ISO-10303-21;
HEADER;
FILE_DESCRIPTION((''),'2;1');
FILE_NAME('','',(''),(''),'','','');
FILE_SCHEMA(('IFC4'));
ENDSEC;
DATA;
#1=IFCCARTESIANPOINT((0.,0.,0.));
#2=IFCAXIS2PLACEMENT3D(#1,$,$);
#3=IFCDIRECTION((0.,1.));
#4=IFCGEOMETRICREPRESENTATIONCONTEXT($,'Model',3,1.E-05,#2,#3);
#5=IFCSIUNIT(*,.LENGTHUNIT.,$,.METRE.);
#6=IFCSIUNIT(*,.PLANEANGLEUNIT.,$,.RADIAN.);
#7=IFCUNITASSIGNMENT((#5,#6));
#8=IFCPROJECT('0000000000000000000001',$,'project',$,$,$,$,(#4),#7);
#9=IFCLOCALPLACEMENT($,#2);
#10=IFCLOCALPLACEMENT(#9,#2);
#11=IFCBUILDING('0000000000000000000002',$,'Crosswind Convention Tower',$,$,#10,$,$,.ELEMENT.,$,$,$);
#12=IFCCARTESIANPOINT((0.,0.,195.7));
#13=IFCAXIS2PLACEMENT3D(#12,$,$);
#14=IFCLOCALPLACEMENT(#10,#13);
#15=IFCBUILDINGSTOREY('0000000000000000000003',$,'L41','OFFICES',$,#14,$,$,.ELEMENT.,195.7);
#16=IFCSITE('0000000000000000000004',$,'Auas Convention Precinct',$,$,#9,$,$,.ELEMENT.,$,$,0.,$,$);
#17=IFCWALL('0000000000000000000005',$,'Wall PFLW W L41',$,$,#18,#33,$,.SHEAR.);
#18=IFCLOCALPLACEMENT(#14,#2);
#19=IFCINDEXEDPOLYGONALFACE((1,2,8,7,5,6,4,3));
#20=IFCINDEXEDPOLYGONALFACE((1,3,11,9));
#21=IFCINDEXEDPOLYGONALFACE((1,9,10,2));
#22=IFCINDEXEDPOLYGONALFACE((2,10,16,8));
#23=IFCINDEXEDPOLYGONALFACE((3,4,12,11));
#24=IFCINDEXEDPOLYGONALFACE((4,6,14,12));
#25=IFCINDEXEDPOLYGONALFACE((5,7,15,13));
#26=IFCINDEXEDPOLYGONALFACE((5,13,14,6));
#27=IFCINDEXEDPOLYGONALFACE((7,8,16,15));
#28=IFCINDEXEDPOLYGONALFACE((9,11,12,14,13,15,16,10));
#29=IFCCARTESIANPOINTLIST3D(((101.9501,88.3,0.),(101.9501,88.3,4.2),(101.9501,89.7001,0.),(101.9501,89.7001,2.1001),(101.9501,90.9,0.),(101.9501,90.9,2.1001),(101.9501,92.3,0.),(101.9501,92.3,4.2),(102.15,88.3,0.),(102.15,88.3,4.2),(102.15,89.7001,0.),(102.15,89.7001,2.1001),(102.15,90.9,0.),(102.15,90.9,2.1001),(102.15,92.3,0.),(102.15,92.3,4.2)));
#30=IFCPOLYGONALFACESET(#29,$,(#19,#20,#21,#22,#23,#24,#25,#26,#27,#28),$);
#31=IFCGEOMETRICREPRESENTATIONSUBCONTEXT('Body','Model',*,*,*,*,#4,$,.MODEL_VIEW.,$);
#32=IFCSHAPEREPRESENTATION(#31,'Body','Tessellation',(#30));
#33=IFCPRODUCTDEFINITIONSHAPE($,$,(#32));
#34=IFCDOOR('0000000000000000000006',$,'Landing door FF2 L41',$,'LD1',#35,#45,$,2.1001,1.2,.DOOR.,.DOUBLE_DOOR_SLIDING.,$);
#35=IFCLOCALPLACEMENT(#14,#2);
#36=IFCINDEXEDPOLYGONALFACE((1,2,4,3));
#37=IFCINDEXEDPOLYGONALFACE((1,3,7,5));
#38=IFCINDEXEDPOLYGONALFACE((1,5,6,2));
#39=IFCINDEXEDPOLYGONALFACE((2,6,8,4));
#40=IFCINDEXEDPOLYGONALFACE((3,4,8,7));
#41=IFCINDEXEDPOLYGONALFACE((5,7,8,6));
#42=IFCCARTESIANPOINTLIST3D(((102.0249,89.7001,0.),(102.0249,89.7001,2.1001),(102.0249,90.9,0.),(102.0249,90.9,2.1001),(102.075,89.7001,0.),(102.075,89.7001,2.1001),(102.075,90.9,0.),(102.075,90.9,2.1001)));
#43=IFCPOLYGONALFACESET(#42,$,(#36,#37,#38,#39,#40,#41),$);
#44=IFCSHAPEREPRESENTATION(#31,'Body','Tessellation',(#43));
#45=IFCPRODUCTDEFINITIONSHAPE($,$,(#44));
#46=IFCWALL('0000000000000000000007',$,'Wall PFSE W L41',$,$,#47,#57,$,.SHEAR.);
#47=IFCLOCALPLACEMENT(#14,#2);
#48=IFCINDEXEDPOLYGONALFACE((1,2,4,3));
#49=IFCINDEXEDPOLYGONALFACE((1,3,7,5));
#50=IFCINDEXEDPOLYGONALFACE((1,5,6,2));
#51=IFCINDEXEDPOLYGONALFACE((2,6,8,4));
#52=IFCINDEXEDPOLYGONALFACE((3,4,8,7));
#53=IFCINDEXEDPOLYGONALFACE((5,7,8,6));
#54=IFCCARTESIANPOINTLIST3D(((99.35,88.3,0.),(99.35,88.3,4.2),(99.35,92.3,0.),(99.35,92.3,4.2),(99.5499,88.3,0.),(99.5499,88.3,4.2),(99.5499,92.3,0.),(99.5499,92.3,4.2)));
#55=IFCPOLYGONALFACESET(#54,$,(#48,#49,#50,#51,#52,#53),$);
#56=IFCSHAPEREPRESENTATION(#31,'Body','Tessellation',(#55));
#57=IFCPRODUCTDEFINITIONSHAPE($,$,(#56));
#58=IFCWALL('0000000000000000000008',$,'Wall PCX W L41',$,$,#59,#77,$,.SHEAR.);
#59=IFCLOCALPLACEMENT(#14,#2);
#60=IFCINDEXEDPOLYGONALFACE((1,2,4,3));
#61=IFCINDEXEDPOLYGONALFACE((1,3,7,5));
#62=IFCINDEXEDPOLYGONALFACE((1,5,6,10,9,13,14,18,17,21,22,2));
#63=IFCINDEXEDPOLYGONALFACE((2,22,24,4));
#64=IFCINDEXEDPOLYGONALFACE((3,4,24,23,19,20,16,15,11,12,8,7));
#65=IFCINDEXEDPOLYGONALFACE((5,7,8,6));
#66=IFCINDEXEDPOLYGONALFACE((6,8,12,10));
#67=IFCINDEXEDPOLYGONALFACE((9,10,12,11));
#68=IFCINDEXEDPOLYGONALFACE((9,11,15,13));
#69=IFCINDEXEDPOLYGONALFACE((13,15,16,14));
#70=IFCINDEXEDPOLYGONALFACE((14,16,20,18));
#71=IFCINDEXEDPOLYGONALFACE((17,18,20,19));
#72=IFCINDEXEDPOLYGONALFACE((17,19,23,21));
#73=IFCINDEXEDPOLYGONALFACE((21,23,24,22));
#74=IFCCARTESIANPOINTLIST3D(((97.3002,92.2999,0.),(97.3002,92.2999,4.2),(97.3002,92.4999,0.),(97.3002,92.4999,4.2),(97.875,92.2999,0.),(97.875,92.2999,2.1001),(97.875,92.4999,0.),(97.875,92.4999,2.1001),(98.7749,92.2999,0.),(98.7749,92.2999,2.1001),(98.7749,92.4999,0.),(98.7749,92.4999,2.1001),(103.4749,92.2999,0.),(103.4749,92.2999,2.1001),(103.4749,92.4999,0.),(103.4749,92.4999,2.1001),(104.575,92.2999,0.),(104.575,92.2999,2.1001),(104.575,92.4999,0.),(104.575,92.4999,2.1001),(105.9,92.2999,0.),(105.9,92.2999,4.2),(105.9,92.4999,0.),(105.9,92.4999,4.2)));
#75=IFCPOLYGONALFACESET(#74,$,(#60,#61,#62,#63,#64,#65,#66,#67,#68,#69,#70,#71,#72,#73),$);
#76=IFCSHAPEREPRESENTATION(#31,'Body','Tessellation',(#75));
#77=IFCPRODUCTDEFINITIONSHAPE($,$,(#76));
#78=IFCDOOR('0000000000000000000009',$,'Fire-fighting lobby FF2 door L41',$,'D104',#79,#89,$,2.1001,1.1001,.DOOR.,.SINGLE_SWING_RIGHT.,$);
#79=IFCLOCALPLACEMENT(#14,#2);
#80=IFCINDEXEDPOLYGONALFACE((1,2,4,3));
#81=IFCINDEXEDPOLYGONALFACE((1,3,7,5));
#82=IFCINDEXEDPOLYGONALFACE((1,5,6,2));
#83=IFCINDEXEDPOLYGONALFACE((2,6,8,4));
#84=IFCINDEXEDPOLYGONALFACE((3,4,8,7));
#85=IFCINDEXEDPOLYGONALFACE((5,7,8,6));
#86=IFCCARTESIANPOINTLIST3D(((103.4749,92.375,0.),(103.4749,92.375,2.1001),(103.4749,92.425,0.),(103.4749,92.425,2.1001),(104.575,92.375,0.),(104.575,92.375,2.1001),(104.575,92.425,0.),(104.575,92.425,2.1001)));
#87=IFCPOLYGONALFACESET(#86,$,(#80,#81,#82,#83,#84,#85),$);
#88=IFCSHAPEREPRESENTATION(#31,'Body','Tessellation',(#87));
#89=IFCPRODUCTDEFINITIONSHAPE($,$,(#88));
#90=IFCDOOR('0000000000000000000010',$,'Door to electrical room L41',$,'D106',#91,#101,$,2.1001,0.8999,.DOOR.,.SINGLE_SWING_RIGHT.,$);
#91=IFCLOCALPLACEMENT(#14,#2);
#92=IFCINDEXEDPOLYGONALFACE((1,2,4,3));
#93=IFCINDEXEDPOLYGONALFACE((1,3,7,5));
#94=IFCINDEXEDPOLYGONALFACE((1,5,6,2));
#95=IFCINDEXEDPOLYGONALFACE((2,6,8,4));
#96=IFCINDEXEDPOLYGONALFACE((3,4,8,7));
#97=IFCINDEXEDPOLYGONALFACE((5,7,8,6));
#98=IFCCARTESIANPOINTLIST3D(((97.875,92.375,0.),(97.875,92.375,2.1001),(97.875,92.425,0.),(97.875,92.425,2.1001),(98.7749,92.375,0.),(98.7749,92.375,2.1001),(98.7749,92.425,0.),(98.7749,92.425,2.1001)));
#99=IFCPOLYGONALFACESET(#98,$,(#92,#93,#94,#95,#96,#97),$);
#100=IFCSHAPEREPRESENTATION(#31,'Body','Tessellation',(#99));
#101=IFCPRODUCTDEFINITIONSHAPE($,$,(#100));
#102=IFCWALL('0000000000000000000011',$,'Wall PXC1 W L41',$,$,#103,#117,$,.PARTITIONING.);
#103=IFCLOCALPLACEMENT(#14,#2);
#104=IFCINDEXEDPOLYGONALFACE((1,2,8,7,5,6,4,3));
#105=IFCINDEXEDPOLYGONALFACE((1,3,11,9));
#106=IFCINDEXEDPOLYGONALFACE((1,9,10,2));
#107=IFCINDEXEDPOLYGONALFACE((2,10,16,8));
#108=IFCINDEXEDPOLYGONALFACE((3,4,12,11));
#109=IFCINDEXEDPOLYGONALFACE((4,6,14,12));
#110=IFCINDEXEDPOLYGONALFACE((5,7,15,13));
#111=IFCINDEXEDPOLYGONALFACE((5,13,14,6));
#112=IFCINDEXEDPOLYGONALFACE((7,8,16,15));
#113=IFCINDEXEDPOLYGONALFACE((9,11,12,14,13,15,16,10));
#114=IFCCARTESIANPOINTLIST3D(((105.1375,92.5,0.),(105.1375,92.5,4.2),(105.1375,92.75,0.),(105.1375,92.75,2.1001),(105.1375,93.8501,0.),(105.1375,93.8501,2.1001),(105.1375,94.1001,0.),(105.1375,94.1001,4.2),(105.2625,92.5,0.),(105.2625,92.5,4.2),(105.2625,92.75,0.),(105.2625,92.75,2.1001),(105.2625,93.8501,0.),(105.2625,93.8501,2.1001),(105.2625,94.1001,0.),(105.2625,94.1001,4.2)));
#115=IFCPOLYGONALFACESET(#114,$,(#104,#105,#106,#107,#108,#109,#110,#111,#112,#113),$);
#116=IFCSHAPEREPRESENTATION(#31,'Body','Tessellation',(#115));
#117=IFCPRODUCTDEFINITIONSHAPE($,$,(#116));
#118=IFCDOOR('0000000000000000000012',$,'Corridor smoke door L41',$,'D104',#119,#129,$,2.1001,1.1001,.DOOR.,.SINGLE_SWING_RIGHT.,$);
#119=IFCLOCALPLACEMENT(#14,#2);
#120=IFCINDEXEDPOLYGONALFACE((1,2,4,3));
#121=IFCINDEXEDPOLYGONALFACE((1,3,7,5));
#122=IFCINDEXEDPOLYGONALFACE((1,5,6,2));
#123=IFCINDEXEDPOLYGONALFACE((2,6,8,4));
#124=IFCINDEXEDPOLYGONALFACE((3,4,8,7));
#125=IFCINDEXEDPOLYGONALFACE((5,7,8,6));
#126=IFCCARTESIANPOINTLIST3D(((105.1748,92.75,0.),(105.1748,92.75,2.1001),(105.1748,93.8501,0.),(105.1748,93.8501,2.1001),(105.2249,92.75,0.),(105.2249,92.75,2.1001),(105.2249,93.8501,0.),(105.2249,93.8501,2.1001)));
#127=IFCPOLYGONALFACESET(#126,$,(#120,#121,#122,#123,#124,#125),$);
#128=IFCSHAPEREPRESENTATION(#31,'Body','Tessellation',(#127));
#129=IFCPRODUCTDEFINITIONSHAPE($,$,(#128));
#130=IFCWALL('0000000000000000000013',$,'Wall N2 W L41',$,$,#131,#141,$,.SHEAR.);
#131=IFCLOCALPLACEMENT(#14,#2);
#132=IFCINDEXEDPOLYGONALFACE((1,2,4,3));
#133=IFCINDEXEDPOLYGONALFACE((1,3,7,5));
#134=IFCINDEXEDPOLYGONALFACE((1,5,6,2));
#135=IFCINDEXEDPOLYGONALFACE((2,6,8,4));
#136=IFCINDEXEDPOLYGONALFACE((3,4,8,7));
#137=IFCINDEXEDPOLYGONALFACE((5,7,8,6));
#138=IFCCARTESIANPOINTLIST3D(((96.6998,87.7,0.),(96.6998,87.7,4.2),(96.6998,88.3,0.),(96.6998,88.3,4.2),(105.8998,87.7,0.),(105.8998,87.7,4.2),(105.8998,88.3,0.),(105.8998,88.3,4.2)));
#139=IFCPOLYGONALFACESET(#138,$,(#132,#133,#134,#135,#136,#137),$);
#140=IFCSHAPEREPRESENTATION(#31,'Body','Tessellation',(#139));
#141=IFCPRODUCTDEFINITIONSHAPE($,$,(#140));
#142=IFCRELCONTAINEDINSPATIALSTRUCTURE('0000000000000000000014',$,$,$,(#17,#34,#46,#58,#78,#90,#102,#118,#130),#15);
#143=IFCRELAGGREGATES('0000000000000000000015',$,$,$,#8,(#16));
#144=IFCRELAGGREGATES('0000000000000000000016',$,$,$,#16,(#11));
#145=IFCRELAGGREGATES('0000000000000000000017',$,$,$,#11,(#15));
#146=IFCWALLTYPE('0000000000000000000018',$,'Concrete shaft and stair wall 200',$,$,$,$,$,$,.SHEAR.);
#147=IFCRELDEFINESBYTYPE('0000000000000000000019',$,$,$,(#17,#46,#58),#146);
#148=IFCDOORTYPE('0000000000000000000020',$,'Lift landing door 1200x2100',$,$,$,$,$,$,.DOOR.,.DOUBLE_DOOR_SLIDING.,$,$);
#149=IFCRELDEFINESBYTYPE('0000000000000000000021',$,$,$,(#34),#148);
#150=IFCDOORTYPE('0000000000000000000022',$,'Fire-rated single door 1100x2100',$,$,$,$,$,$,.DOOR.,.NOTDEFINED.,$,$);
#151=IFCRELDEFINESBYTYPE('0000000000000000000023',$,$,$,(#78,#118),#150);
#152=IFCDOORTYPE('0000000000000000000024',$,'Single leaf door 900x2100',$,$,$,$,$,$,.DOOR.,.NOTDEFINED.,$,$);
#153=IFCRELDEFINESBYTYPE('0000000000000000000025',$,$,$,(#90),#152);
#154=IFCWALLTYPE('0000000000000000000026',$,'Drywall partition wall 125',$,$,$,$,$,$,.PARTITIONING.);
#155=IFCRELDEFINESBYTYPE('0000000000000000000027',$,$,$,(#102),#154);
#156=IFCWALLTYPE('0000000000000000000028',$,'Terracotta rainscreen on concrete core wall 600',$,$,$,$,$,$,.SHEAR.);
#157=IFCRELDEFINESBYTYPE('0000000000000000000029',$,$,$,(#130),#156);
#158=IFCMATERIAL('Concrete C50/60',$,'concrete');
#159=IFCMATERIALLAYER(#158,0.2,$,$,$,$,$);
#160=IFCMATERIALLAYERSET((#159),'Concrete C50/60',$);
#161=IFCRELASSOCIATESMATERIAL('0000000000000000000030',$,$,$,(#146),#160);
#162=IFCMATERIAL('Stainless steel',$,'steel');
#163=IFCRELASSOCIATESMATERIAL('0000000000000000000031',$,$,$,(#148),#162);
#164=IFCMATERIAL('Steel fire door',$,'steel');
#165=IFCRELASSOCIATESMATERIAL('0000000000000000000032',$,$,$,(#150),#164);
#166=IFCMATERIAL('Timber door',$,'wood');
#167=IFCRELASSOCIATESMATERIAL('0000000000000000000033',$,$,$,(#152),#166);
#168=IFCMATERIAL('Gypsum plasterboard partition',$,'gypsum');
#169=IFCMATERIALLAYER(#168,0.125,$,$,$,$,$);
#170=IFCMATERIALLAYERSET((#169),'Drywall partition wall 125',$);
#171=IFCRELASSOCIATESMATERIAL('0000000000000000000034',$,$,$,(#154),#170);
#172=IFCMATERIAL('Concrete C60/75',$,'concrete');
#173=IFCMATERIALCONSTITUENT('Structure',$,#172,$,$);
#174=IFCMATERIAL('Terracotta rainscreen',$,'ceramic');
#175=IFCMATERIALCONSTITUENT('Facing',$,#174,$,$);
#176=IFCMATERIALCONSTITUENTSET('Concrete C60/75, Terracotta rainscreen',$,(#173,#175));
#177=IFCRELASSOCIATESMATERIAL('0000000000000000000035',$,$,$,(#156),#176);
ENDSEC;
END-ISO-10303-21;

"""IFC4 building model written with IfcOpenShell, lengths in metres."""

from ifc_helpers import new_model, si_unit, direction, frame, frame_2d, origin, place, context, subcontext, project, spatial, rectangle, extrude, material, layer, layer_set, constituent, constituent_set, type_object, element, fill, save


model = new_model("IFC4")

# Units and contexts
model_context = context("Model", 3, precision=1e-05, world=origin(), true_north=direction((0.0, 1.0)))
body_context = subcontext(model_context, "Body", "Model", "MODEL_VIEW")
ifc_project = project(units=[si_unit("LENGTHUNIT", "METRE"), si_unit("PLANEANGLEUNIT", "RADIAN")], contexts=[model_context])

# Site, building, storey
site_placement = place(None, origin())
site = spatial("IfcSite", under=ifc_project, at=site_placement, Name="Auas Convention Precinct", CompositionType="ELEMENT", RefElevation=0.0)
building_placement = place(site_placement, origin())
building = spatial("IfcBuilding", under=site, at=building_placement, Name="Crosswind Convention Tower", CompositionType="ELEMENT")
storey_placement = place(building_placement, frame((0.0, 0.0, 195.7)))
storey = spatial("IfcBuildingStorey", under=building, at=storey_placement, Name="L41", Description="OFFICES", CompositionType="ELEMENT", Elevation=195.7)

# Shared definitions
ifc_material_1 = material(Name="Concrete C50/60", Category="concrete")
ifc_layer_1 = layer(ifc_material_1, 0.2)
ifc_layer_set_1 = layer_set([ifc_layer_1], Name="Concrete C50/60")
wall_type_1 = type_object("IfcWallType", Name="Concrete shaft and stair wall 200", PredefinedType="SHEAR", material=ifc_layer_set_1)

# Wall, opening, door
wall_1_placement = place(storey_placement, frame((102.05, 92.3, 0.0), z_axis=(0.0, 0.0, 1.0), x_axis=(0.0, -1.0, 0.0)))
wall_1 = element("IfcWall", 1, at=wall_1_placement, inside=storey, type_object=wall_type_1, Name="Wall PFLW W L41", PredefinedType="SHEAR", context=body_context, shape_type="SweptSolid", body=[
    extrude(rectangle(XDim=4.0, YDim=0.2, at=frame_2d((2.0, 0.0))), origin(), (0.0, 0.0, 1.0), 4.2),
])
opening_1_placement = place(wall_1_placement, frame((1.3999, 0.0, 0.0)))
opening_1 = element("IfcOpeningElement", 2, at=opening_1_placement, cuts=wall_1, PredefinedType="OPENING", context=body_context, shape_type="SweptSolid", body=[
    extrude(rectangle(XDim=1.2, YDim=2.1001, at=frame_2d((0.6001, 1.05))), frame((0.0, 0.1099, 0.0), z_axis=(0.0, -1.0, 0.0), x_axis=(1.0, 0.0, 0.0)), (0.0, 0.0, 1.0), 0.22),
])
ifc_material_2 = material(Name="Stainless steel", Category="steel")
door_type_1 = type_object("IfcDoorType", Name="Lift landing door 1200x2100", OperationType="DOUBLE_DOOR_SLIDING", PredefinedType="DOOR", material=ifc_material_2)
door_1_placement = place(opening_1_placement, origin())
door_1 = element("IfcDoor", 3, at=door_1_placement, inside=storey, type_object=door_type_1, Name="Landing door FF2 L41", ObjectType="LD1", OperationType="DOUBLE_DOOR_SLIDING", OverallHeight=2.1001, OverallWidth=1.2, PredefinedType="DOOR", context=body_context, shape_type="SweptSolid", body=[
    extrude(rectangle(XDim=1.2, YDim=2.1001, at=frame_2d((0.6001, 1.05))), frame((0.0, 0.0249, 0.0), z_axis=(0.0, -1.0, 0.0), x_axis=(1.0, 0.0, 0.0)), (0.0, 0.0, 1.0), 0.05),
])
fill(opening_1, door_1)

# Wall
wall_2_placement = place(storey_placement, frame((99.45, 92.3, 0.0), z_axis=(0.0, 0.0, 1.0), x_axis=(0.0, -1.0, 0.0)))
element("IfcWall", 4, at=wall_2_placement, inside=storey, type_object=wall_type_1, Name="Wall PFSE W L41", PredefinedType="SHEAR", context=body_context, shape_type="SweptSolid", body=[
    extrude(rectangle(XDim=4.0, YDim=0.2, at=frame_2d((2.0, 0.0))), origin(), (0.0, 0.0, 1.0), 4.2),
])

# Wall, openings, doors
wall_3_placement = place(storey_placement, frame((105.8999, 92.3999, 0.0), z_axis=(0.0, 0.0, 1.0), x_axis=(-1.0, 0.0, 0.0)))
wall_3 = element("IfcWall", 5, at=wall_3_placement, inside=storey, type_object=wall_type_1, Name="Wall PCX W L41", PredefinedType="SHEAR", context=body_context, shape_type="SweptSolid", body=[
    extrude(rectangle(XDim=8.5999, YDim=0.2, at=frame_2d((4.2998, 0.0))), origin(), (0.0, 0.0, 1.0), 4.2),
])
opening_2_placement = place(wall_3_placement, frame((1.325, 0.0, 0.0)))
opening_2 = element("IfcOpeningElement", 6, at=opening_2_placement, cuts=wall_3, PredefinedType="OPENING", context=body_context, shape_type="SweptSolid", body=[
    extrude(rectangle(XDim=1.1001, YDim=2.1001, at=frame_2d((0.55, 1.05))), frame((0.0, 0.1099, 0.0), z_axis=(0.0, -1.0, 0.0), x_axis=(1.0, 0.0, 0.0)), (0.0, 0.0, 1.0), 0.22),
])
opening_3_placement = place(wall_3_placement, frame((7.125, 0.0, 0.0)))
opening_3 = element("IfcOpeningElement", 7, at=opening_3_placement, cuts=wall_3, PredefinedType="OPENING", context=body_context, shape_type="SweptSolid", body=[
    extrude(rectangle(XDim=0.8999, YDim=2.1001, at=frame_2d((0.45, 1.05))), frame((0.0, 0.1099, 0.0), z_axis=(0.0, -1.0, 0.0), x_axis=(1.0, 0.0, 0.0)), (0.0, 0.0, 1.0), 0.22),
])
ifc_material_3 = material(Name="Steel fire door", Category="steel")
door_type_2 = type_object("IfcDoorType", Name="Fire-rated single door 1100x2100", OperationType="NOTDEFINED", PredefinedType="DOOR", material=ifc_material_3)
door_2_placement = place(opening_2_placement, origin())
door_2 = element("IfcDoor", 8, at=door_2_placement, inside=storey, type_object=door_type_2, Name="Fire-fighting lobby FF2 door L41", ObjectType="D104", OperationType="SINGLE_SWING_RIGHT", OverallHeight=2.1001, OverallWidth=1.1001, PredefinedType="DOOR", context=body_context, shape_type="SweptSolid", body=[
    extrude(rectangle(XDim=1.1001, YDim=2.1001, at=frame_2d((0.55, 1.05))), frame((0.0, 0.0249, 0.0), z_axis=(0.0, -1.0, 0.0), x_axis=(1.0, 0.0, 0.0)), (0.0, 0.0, 1.0), 0.05),
])
fill(opening_2, door_2)
ifc_material_4 = material(Name="Timber door", Category="wood")
door_type_3 = type_object("IfcDoorType", Name="Single leaf door 900x2100", OperationType="NOTDEFINED", PredefinedType="DOOR", material=ifc_material_4)
door_3_placement = place(opening_3_placement, origin())
door_3 = element("IfcDoor", 9, at=door_3_placement, inside=storey, type_object=door_type_3, Name="Door to electrical room L41", ObjectType="D106", OperationType="SINGLE_SWING_RIGHT", OverallHeight=2.1001, OverallWidth=0.8999, PredefinedType="DOOR", context=body_context, shape_type="SweptSolid", body=[
    extrude(rectangle(XDim=0.8999, YDim=2.1001, at=frame_2d((0.45, 1.05))), frame((0.0, 0.0249, 0.0), z_axis=(0.0, -1.0, 0.0), x_axis=(1.0, 0.0, 0.0)), (0.0, 0.0, 1.0), 0.05),
])
fill(opening_3, door_3)

# Wall, opening, door
ifc_material_5 = material(Name="Gypsum plasterboard partition", Category="gypsum")
ifc_layer_2 = layer(ifc_material_5, 0.125)
ifc_layer_set_2 = layer_set([ifc_layer_2], Name="Drywall partition wall 125")
wall_type_2 = type_object("IfcWallType", Name="Drywall partition wall 125", PredefinedType="PARTITIONING", material=ifc_layer_set_2)
wall_4_placement = place(storey_placement, frame((105.2, 94.1001, 0.0), z_axis=(0.0, 0.0, 1.0), x_axis=(0.0, -1.0, 0.0)))
wall_4 = element("IfcWall", 10, at=wall_4_placement, inside=storey, type_object=wall_type_2, Name="Wall PXC1 W L41", PredefinedType="PARTITIONING", context=body_context, shape_type="SweptSolid", body=[
    extrude(rectangle(XDim=1.6001, YDim=0.125, at=frame_2d((0.8, 0.0))), origin(), (0.0, 0.0, 1.0), 4.2),
])
opening_4_placement = place(wall_4_placement, frame((0.25, 0.0, 0.0)))
opening_4 = element("IfcOpeningElement", 11, at=opening_4_placement, cuts=wall_4, PredefinedType="OPENING", context=body_context, shape_type="SweptSolid", body=[
    extrude(rectangle(XDim=1.1001, YDim=2.1001, at=frame_2d((0.55, 1.05))), frame((0.0, 0.0725, 0.0), z_axis=(0.0, -1.0, 0.0), x_axis=(1.0, 0.0, 0.0)), (0.0, 0.0, 1.0), 0.145),
])
door_4_placement = place(opening_4_placement, origin())
door_4 = element("IfcDoor", 12, at=door_4_placement, inside=storey, type_object=door_type_2, Name="Corridor smoke door L41", ObjectType="D104", OperationType="SINGLE_SWING_RIGHT", OverallHeight=2.1001, OverallWidth=1.1001, PredefinedType="DOOR", context=body_context, shape_type="SweptSolid", body=[
    extrude(rectangle(XDim=1.1001, YDim=2.1001, at=frame_2d((0.55, 1.05))), frame((0.0, 0.0249, 0.0), z_axis=(0.0, -1.0, 0.0), x_axis=(1.0, 0.0, 0.0)), (0.0, 0.0, 1.0), 0.05),
])
fill(opening_4, door_4)

# Wall
ifc_material_6 = material(Name="Concrete C60/75", Category="concrete")
ifc_constituent_1 = constituent(ifc_material_6, Name="Structure")
ifc_material_7 = material(Name="Terracotta rainscreen", Category="ceramic")
ifc_constituent_2 = constituent(ifc_material_7, Name="Facing")
ifc_constituent_set = constituent_set(constituents=[ifc_constituent_1, ifc_constituent_2], Name="Concrete C60/75, Terracotta rainscreen")
wall_type_3 = type_object("IfcWallType", Name="Terracotta rainscreen on concrete core wall 600", PredefinedType="SHEAR", material=ifc_constituent_set)
wall_5_placement = place(storey_placement, frame((105.8999, 88.0, 0.0), z_axis=(0.0, 0.0, 1.0), x_axis=(-1.0, 0.0, 0.0)))
element("IfcWall", 13, at=wall_5_placement, inside=storey, type_object=wall_type_3, Name="Wall N2 W L41", PredefinedType="SHEAR", context=body_context, shape_type="SweptSolid", body=[
    extrude(rectangle(XDim=9.2, YDim=0.6001, at=frame_2d((4.6001, 0.0))), origin(), (0.0, 0.0, 1.0), 4.2),
])

save(model, "model.ifc")
